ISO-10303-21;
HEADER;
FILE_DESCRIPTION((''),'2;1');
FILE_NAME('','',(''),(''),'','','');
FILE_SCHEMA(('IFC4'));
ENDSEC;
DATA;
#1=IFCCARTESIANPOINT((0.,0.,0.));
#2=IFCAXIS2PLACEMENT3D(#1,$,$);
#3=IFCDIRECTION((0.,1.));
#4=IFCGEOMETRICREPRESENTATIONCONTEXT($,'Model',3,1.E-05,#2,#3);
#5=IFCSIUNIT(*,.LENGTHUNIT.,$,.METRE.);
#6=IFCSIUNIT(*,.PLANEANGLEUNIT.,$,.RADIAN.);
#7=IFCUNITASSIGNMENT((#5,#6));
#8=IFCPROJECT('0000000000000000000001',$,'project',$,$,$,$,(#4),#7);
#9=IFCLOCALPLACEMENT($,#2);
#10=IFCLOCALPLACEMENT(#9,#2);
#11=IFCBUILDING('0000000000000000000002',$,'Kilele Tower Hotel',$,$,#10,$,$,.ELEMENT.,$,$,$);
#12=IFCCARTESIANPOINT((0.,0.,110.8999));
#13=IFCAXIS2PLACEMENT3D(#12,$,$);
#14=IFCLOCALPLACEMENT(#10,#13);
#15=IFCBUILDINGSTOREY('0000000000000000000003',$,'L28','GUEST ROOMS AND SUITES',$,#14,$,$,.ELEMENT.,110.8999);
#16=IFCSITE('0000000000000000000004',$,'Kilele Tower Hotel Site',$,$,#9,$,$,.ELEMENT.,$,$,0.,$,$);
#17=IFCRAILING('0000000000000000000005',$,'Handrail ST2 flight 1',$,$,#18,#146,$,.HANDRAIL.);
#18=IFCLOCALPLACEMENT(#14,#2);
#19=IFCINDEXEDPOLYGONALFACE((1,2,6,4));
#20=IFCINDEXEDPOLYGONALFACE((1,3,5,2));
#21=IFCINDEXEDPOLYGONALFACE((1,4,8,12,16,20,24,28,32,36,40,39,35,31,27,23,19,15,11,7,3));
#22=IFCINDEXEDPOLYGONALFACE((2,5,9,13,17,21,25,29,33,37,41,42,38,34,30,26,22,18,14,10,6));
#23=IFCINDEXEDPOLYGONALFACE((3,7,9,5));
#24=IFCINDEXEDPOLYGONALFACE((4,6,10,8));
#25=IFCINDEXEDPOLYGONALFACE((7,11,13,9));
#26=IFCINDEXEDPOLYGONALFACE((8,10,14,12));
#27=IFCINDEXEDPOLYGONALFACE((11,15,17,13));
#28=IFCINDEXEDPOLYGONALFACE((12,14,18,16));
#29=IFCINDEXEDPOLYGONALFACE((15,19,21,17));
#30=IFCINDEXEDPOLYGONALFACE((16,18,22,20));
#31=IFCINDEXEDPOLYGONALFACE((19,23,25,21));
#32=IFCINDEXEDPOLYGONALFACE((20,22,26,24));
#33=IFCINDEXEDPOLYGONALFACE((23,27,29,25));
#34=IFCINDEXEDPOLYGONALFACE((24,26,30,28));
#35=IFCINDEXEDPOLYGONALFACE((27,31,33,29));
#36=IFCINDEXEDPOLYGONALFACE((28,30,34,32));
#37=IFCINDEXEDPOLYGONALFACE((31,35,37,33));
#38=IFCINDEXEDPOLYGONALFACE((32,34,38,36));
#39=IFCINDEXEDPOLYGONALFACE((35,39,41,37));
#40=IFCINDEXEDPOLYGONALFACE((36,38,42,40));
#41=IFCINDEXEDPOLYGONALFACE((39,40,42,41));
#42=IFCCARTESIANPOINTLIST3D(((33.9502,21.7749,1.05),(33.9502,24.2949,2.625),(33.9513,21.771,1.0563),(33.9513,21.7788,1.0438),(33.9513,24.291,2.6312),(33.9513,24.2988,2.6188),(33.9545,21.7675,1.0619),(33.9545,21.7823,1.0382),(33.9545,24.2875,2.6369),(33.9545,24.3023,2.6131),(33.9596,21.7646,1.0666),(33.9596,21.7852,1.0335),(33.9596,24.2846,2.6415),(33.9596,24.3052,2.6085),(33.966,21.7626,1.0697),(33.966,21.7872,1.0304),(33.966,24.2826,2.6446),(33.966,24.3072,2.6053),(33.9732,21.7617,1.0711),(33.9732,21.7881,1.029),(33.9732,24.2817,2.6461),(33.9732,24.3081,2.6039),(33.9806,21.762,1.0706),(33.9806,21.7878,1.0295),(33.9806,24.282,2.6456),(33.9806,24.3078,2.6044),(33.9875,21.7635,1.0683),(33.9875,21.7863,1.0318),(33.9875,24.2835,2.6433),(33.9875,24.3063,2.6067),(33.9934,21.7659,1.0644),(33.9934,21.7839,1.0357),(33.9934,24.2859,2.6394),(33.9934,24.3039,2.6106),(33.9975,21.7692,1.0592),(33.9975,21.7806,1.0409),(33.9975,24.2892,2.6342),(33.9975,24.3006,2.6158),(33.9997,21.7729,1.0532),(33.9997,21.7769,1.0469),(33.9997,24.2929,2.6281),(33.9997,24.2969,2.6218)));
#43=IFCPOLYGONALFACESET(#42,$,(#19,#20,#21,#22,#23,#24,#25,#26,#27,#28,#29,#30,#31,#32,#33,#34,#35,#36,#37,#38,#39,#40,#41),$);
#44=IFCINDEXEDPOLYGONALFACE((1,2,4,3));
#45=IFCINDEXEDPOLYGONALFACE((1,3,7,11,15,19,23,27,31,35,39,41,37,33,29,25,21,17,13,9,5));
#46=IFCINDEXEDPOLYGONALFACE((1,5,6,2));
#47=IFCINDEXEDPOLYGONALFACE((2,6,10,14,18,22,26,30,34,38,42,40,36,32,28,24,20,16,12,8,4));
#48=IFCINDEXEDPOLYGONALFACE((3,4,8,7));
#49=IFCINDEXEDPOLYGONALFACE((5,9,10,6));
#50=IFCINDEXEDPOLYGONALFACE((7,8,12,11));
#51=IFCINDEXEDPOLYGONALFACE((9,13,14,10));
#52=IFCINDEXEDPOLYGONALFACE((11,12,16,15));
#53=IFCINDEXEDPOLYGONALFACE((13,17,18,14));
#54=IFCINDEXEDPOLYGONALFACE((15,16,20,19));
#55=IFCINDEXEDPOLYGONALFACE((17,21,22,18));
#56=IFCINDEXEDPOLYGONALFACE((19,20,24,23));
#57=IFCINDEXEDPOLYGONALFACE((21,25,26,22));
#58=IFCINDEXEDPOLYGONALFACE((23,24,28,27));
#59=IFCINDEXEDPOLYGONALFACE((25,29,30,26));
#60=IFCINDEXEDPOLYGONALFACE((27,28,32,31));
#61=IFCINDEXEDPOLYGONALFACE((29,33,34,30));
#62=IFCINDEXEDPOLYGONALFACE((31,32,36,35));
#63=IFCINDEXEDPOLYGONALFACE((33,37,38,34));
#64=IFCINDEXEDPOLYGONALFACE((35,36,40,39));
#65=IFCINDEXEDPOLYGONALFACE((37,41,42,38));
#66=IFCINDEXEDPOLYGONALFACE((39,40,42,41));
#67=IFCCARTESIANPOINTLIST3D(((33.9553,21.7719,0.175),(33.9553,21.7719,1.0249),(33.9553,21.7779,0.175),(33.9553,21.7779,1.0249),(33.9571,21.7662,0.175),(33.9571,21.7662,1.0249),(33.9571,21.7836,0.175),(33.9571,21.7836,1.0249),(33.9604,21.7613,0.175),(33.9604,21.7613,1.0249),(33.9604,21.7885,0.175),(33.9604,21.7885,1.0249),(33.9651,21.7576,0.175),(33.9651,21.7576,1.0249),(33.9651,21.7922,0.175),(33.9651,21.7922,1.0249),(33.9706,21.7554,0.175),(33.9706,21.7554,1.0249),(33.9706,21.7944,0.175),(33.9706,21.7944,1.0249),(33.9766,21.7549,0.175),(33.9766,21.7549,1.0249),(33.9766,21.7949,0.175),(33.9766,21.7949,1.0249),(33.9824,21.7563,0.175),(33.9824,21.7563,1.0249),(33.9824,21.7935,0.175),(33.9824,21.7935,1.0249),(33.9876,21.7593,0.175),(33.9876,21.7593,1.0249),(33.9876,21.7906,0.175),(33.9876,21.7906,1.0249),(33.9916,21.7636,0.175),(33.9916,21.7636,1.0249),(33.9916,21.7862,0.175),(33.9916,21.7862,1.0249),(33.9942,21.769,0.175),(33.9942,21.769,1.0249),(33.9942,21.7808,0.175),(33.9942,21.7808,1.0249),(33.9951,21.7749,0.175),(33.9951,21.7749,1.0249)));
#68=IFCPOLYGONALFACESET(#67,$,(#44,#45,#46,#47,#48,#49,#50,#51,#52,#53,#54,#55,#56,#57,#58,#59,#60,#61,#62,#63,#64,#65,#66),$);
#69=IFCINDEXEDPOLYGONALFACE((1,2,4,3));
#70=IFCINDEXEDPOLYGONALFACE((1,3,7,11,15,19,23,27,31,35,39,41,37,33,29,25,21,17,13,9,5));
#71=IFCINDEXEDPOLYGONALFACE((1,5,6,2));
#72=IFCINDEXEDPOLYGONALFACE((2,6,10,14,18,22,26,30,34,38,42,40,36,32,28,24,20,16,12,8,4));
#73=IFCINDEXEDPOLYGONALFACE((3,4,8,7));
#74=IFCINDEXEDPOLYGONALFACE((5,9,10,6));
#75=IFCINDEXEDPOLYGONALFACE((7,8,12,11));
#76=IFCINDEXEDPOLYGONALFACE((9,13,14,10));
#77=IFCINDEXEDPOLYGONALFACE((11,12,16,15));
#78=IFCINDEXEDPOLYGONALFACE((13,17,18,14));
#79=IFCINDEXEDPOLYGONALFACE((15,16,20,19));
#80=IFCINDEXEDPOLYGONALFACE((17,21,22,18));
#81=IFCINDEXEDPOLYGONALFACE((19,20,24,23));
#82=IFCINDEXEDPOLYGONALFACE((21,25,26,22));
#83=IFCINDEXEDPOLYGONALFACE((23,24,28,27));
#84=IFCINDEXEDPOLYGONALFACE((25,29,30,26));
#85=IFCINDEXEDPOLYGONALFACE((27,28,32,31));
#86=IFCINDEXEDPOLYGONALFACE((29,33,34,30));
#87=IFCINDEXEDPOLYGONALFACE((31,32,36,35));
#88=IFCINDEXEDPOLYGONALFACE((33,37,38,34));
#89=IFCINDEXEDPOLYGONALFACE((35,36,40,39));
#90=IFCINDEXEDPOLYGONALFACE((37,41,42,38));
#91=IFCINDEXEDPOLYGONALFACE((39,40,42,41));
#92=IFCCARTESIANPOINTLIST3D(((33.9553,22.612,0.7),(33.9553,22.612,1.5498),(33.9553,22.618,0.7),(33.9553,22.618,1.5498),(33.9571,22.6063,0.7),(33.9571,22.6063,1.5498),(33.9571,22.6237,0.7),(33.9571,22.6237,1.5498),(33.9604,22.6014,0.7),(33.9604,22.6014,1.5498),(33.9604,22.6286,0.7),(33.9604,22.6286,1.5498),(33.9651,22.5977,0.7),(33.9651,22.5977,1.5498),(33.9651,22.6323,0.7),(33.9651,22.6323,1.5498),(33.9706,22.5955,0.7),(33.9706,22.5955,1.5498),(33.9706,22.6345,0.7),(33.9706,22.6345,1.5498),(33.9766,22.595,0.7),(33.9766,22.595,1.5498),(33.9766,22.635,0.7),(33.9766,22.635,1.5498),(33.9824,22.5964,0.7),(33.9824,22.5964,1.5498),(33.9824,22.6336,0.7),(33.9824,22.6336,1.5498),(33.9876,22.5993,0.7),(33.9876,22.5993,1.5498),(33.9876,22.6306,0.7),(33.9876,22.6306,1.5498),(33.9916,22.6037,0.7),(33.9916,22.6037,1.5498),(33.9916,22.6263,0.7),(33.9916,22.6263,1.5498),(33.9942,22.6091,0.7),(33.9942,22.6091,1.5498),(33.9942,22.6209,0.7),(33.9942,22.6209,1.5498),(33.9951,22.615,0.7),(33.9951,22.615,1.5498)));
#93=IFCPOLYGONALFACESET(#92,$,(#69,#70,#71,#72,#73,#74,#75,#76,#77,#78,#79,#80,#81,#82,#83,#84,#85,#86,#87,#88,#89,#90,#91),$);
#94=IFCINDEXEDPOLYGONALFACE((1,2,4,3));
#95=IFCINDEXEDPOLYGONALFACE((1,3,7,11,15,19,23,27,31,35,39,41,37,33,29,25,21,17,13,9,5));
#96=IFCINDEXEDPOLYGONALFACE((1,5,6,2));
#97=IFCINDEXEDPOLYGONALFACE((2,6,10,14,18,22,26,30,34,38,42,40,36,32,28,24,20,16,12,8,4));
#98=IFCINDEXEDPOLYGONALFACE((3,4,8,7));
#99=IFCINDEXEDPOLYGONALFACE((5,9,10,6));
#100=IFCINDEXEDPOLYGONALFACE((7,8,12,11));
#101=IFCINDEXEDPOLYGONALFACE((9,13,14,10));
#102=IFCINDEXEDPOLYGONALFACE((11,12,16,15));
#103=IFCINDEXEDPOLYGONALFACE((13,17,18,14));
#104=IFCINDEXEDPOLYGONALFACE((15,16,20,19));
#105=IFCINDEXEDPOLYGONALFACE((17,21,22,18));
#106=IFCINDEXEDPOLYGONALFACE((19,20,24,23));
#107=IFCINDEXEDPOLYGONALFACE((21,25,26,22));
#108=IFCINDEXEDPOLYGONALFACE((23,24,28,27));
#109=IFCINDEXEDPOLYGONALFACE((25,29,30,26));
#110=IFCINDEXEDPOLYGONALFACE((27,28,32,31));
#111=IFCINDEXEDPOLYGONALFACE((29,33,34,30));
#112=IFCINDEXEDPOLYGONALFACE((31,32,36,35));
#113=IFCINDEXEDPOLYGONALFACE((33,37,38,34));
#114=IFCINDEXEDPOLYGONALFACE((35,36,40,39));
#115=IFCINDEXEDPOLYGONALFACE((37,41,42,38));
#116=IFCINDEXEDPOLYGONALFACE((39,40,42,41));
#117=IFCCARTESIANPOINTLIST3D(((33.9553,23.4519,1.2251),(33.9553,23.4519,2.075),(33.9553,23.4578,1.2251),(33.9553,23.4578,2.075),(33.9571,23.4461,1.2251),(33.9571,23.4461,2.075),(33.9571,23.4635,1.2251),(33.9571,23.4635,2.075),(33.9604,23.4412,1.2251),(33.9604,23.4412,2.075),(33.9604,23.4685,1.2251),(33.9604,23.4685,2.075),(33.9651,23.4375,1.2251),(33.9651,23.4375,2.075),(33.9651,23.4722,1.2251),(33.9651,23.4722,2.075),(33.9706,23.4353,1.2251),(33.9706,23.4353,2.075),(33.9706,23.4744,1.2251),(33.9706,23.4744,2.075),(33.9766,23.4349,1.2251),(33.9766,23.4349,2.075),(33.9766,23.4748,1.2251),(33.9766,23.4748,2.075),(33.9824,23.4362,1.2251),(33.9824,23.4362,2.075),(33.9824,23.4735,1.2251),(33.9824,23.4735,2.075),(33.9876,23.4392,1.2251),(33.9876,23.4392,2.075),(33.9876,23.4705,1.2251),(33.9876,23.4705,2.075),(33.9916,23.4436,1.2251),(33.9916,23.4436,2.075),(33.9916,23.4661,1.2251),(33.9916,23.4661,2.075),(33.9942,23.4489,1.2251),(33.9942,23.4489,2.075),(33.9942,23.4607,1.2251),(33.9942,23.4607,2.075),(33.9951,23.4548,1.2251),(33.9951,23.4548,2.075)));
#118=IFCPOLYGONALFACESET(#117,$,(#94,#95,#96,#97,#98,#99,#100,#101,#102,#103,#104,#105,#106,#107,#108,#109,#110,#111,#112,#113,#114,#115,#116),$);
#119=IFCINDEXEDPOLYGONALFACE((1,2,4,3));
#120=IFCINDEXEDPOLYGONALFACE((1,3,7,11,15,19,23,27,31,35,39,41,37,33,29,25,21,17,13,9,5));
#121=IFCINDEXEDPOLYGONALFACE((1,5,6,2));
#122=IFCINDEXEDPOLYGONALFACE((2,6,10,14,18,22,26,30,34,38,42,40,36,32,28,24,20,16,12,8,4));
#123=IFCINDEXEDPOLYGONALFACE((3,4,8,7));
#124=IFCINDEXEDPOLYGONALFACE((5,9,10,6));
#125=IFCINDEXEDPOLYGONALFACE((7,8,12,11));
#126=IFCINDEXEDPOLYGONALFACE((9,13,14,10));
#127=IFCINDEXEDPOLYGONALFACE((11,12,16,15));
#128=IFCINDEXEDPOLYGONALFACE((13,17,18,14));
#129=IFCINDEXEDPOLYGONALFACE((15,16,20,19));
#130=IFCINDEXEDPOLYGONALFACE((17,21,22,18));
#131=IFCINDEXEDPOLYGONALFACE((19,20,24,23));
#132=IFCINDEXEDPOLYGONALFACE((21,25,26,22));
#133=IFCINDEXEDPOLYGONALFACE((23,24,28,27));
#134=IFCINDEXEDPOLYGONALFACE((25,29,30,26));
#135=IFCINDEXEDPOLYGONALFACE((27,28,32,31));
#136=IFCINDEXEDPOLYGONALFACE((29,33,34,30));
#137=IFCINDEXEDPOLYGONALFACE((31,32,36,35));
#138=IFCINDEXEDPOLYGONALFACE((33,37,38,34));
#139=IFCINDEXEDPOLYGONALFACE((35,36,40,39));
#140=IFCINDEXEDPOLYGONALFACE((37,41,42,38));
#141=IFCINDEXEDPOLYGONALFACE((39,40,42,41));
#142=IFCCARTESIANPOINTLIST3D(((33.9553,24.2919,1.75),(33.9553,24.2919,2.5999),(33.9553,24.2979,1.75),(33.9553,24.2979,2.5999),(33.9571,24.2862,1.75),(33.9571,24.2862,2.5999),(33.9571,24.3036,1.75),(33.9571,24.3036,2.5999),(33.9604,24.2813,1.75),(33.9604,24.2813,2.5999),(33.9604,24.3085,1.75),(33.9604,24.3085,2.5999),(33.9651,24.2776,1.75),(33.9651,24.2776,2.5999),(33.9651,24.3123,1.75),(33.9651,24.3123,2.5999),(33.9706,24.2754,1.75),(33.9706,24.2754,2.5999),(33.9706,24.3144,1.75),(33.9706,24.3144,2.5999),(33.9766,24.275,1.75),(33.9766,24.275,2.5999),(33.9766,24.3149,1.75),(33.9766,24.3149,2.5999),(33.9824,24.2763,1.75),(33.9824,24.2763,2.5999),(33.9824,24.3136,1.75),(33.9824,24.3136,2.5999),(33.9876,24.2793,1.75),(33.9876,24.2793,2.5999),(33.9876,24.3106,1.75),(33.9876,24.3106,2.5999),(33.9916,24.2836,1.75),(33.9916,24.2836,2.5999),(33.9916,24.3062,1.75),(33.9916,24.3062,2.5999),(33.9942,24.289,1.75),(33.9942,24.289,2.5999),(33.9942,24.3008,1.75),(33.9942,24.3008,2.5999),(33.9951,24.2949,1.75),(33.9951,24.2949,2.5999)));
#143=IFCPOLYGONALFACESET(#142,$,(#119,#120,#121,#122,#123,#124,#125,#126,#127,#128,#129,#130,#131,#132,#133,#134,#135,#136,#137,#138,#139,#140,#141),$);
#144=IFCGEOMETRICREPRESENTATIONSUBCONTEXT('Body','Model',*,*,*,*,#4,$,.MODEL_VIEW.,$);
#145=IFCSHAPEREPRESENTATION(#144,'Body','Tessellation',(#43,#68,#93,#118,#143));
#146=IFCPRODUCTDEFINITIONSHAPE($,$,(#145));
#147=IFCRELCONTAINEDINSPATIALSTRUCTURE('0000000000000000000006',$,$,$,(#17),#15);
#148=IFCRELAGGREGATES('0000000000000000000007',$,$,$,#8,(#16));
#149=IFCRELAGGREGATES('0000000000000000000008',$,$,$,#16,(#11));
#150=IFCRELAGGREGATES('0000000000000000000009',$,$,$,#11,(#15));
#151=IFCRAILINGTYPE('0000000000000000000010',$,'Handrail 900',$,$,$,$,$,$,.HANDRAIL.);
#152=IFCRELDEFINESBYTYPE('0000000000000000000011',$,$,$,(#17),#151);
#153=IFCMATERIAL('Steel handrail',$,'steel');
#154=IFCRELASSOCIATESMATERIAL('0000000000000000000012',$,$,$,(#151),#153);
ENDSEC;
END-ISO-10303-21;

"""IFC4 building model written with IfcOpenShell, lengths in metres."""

from ifc_helpers import new_model, si_unit, direction, frame, origin, origin_2d, place, context, subcontext, project, spatial, circle, extrude, material, type_object, element, save


model = new_model("IFC4")

# Units and contexts
model_context = context("Model", 3, precision=1e-05, world=origin(), true_north=direction((0.0, 1.0)))
body_context = subcontext(model_context, "Body", "Model", "MODEL_VIEW")
ifc_project = project(units=[si_unit("LENGTHUNIT", "METRE"), si_unit("PLANEANGLEUNIT", "RADIAN")], contexts=[model_context])

# Site, building, storey
site_placement = place(None, origin())
site = spatial("IfcSite", under=ifc_project, at=site_placement, Name="Kilele Tower Hotel Site", CompositionType="ELEMENT", RefElevation=0.0)
building_placement = place(site_placement, origin())
building = spatial("IfcBuilding", under=site, at=building_placement, Name="Kilele Tower Hotel", CompositionType="ELEMENT")
storey_placement = place(building_placement, frame((0.0, 0.0, 110.8999)))
storey = spatial("IfcBuildingStorey", under=building, at=storey_placement, Name="L28", Description="GUEST ROOMS AND SUITES", CompositionType="ELEMENT", Elevation=110.8999)

# Railing
ifc_material_1 = material(Name="Steel handrail", Category="steel")
railing_type_1 = type_object("IfcRailingType", Name="Handrail 900", PredefinedType="HANDRAIL", material=ifc_material_1)
for number, where, name in (
    (1, (33.9751, 21.7749, 0.175), "Handrail ST2 flight 1"),
):
    element("IfcRailing", number, at=place(storey_placement, frame(where)), inside=storey, type_object=railing_type_1, Name=name, PredefinedType="HANDRAIL", context=body_context, shape_type="SweptSolid", body=[
        extrude(circle(Radius=0.0249, at=origin_2d()), frame((0.0, 0.0, 0.875), z_axis=(0.0, 0.848008, 0.529984), x_axis=(-1.0, 0.0, 0.0)), (0.0, 0.0, 1.0), 2.9717),
        extrude(circle(Radius=0.02, at=origin_2d()), origin(), (0.0, 0.0, 1.0), 0.8499),
        extrude(circle(Radius=0.02, at=origin_2d()), frame((0.0, 0.8401, 0.5249)), (0.0, 0.0, 1.0), 0.8499),
        extrude(circle(Radius=0.02, at=origin_2d()), frame((0.0, 1.6799, 1.05)), (0.0, 0.0, 1.0), 0.8499),
        extrude(circle(Radius=0.02, at=origin_2d()), frame((0.0, 2.52, 1.575)), (0.0, 0.0, 1.0), 0.8499),
    ])

save(model, "model.ifc")
